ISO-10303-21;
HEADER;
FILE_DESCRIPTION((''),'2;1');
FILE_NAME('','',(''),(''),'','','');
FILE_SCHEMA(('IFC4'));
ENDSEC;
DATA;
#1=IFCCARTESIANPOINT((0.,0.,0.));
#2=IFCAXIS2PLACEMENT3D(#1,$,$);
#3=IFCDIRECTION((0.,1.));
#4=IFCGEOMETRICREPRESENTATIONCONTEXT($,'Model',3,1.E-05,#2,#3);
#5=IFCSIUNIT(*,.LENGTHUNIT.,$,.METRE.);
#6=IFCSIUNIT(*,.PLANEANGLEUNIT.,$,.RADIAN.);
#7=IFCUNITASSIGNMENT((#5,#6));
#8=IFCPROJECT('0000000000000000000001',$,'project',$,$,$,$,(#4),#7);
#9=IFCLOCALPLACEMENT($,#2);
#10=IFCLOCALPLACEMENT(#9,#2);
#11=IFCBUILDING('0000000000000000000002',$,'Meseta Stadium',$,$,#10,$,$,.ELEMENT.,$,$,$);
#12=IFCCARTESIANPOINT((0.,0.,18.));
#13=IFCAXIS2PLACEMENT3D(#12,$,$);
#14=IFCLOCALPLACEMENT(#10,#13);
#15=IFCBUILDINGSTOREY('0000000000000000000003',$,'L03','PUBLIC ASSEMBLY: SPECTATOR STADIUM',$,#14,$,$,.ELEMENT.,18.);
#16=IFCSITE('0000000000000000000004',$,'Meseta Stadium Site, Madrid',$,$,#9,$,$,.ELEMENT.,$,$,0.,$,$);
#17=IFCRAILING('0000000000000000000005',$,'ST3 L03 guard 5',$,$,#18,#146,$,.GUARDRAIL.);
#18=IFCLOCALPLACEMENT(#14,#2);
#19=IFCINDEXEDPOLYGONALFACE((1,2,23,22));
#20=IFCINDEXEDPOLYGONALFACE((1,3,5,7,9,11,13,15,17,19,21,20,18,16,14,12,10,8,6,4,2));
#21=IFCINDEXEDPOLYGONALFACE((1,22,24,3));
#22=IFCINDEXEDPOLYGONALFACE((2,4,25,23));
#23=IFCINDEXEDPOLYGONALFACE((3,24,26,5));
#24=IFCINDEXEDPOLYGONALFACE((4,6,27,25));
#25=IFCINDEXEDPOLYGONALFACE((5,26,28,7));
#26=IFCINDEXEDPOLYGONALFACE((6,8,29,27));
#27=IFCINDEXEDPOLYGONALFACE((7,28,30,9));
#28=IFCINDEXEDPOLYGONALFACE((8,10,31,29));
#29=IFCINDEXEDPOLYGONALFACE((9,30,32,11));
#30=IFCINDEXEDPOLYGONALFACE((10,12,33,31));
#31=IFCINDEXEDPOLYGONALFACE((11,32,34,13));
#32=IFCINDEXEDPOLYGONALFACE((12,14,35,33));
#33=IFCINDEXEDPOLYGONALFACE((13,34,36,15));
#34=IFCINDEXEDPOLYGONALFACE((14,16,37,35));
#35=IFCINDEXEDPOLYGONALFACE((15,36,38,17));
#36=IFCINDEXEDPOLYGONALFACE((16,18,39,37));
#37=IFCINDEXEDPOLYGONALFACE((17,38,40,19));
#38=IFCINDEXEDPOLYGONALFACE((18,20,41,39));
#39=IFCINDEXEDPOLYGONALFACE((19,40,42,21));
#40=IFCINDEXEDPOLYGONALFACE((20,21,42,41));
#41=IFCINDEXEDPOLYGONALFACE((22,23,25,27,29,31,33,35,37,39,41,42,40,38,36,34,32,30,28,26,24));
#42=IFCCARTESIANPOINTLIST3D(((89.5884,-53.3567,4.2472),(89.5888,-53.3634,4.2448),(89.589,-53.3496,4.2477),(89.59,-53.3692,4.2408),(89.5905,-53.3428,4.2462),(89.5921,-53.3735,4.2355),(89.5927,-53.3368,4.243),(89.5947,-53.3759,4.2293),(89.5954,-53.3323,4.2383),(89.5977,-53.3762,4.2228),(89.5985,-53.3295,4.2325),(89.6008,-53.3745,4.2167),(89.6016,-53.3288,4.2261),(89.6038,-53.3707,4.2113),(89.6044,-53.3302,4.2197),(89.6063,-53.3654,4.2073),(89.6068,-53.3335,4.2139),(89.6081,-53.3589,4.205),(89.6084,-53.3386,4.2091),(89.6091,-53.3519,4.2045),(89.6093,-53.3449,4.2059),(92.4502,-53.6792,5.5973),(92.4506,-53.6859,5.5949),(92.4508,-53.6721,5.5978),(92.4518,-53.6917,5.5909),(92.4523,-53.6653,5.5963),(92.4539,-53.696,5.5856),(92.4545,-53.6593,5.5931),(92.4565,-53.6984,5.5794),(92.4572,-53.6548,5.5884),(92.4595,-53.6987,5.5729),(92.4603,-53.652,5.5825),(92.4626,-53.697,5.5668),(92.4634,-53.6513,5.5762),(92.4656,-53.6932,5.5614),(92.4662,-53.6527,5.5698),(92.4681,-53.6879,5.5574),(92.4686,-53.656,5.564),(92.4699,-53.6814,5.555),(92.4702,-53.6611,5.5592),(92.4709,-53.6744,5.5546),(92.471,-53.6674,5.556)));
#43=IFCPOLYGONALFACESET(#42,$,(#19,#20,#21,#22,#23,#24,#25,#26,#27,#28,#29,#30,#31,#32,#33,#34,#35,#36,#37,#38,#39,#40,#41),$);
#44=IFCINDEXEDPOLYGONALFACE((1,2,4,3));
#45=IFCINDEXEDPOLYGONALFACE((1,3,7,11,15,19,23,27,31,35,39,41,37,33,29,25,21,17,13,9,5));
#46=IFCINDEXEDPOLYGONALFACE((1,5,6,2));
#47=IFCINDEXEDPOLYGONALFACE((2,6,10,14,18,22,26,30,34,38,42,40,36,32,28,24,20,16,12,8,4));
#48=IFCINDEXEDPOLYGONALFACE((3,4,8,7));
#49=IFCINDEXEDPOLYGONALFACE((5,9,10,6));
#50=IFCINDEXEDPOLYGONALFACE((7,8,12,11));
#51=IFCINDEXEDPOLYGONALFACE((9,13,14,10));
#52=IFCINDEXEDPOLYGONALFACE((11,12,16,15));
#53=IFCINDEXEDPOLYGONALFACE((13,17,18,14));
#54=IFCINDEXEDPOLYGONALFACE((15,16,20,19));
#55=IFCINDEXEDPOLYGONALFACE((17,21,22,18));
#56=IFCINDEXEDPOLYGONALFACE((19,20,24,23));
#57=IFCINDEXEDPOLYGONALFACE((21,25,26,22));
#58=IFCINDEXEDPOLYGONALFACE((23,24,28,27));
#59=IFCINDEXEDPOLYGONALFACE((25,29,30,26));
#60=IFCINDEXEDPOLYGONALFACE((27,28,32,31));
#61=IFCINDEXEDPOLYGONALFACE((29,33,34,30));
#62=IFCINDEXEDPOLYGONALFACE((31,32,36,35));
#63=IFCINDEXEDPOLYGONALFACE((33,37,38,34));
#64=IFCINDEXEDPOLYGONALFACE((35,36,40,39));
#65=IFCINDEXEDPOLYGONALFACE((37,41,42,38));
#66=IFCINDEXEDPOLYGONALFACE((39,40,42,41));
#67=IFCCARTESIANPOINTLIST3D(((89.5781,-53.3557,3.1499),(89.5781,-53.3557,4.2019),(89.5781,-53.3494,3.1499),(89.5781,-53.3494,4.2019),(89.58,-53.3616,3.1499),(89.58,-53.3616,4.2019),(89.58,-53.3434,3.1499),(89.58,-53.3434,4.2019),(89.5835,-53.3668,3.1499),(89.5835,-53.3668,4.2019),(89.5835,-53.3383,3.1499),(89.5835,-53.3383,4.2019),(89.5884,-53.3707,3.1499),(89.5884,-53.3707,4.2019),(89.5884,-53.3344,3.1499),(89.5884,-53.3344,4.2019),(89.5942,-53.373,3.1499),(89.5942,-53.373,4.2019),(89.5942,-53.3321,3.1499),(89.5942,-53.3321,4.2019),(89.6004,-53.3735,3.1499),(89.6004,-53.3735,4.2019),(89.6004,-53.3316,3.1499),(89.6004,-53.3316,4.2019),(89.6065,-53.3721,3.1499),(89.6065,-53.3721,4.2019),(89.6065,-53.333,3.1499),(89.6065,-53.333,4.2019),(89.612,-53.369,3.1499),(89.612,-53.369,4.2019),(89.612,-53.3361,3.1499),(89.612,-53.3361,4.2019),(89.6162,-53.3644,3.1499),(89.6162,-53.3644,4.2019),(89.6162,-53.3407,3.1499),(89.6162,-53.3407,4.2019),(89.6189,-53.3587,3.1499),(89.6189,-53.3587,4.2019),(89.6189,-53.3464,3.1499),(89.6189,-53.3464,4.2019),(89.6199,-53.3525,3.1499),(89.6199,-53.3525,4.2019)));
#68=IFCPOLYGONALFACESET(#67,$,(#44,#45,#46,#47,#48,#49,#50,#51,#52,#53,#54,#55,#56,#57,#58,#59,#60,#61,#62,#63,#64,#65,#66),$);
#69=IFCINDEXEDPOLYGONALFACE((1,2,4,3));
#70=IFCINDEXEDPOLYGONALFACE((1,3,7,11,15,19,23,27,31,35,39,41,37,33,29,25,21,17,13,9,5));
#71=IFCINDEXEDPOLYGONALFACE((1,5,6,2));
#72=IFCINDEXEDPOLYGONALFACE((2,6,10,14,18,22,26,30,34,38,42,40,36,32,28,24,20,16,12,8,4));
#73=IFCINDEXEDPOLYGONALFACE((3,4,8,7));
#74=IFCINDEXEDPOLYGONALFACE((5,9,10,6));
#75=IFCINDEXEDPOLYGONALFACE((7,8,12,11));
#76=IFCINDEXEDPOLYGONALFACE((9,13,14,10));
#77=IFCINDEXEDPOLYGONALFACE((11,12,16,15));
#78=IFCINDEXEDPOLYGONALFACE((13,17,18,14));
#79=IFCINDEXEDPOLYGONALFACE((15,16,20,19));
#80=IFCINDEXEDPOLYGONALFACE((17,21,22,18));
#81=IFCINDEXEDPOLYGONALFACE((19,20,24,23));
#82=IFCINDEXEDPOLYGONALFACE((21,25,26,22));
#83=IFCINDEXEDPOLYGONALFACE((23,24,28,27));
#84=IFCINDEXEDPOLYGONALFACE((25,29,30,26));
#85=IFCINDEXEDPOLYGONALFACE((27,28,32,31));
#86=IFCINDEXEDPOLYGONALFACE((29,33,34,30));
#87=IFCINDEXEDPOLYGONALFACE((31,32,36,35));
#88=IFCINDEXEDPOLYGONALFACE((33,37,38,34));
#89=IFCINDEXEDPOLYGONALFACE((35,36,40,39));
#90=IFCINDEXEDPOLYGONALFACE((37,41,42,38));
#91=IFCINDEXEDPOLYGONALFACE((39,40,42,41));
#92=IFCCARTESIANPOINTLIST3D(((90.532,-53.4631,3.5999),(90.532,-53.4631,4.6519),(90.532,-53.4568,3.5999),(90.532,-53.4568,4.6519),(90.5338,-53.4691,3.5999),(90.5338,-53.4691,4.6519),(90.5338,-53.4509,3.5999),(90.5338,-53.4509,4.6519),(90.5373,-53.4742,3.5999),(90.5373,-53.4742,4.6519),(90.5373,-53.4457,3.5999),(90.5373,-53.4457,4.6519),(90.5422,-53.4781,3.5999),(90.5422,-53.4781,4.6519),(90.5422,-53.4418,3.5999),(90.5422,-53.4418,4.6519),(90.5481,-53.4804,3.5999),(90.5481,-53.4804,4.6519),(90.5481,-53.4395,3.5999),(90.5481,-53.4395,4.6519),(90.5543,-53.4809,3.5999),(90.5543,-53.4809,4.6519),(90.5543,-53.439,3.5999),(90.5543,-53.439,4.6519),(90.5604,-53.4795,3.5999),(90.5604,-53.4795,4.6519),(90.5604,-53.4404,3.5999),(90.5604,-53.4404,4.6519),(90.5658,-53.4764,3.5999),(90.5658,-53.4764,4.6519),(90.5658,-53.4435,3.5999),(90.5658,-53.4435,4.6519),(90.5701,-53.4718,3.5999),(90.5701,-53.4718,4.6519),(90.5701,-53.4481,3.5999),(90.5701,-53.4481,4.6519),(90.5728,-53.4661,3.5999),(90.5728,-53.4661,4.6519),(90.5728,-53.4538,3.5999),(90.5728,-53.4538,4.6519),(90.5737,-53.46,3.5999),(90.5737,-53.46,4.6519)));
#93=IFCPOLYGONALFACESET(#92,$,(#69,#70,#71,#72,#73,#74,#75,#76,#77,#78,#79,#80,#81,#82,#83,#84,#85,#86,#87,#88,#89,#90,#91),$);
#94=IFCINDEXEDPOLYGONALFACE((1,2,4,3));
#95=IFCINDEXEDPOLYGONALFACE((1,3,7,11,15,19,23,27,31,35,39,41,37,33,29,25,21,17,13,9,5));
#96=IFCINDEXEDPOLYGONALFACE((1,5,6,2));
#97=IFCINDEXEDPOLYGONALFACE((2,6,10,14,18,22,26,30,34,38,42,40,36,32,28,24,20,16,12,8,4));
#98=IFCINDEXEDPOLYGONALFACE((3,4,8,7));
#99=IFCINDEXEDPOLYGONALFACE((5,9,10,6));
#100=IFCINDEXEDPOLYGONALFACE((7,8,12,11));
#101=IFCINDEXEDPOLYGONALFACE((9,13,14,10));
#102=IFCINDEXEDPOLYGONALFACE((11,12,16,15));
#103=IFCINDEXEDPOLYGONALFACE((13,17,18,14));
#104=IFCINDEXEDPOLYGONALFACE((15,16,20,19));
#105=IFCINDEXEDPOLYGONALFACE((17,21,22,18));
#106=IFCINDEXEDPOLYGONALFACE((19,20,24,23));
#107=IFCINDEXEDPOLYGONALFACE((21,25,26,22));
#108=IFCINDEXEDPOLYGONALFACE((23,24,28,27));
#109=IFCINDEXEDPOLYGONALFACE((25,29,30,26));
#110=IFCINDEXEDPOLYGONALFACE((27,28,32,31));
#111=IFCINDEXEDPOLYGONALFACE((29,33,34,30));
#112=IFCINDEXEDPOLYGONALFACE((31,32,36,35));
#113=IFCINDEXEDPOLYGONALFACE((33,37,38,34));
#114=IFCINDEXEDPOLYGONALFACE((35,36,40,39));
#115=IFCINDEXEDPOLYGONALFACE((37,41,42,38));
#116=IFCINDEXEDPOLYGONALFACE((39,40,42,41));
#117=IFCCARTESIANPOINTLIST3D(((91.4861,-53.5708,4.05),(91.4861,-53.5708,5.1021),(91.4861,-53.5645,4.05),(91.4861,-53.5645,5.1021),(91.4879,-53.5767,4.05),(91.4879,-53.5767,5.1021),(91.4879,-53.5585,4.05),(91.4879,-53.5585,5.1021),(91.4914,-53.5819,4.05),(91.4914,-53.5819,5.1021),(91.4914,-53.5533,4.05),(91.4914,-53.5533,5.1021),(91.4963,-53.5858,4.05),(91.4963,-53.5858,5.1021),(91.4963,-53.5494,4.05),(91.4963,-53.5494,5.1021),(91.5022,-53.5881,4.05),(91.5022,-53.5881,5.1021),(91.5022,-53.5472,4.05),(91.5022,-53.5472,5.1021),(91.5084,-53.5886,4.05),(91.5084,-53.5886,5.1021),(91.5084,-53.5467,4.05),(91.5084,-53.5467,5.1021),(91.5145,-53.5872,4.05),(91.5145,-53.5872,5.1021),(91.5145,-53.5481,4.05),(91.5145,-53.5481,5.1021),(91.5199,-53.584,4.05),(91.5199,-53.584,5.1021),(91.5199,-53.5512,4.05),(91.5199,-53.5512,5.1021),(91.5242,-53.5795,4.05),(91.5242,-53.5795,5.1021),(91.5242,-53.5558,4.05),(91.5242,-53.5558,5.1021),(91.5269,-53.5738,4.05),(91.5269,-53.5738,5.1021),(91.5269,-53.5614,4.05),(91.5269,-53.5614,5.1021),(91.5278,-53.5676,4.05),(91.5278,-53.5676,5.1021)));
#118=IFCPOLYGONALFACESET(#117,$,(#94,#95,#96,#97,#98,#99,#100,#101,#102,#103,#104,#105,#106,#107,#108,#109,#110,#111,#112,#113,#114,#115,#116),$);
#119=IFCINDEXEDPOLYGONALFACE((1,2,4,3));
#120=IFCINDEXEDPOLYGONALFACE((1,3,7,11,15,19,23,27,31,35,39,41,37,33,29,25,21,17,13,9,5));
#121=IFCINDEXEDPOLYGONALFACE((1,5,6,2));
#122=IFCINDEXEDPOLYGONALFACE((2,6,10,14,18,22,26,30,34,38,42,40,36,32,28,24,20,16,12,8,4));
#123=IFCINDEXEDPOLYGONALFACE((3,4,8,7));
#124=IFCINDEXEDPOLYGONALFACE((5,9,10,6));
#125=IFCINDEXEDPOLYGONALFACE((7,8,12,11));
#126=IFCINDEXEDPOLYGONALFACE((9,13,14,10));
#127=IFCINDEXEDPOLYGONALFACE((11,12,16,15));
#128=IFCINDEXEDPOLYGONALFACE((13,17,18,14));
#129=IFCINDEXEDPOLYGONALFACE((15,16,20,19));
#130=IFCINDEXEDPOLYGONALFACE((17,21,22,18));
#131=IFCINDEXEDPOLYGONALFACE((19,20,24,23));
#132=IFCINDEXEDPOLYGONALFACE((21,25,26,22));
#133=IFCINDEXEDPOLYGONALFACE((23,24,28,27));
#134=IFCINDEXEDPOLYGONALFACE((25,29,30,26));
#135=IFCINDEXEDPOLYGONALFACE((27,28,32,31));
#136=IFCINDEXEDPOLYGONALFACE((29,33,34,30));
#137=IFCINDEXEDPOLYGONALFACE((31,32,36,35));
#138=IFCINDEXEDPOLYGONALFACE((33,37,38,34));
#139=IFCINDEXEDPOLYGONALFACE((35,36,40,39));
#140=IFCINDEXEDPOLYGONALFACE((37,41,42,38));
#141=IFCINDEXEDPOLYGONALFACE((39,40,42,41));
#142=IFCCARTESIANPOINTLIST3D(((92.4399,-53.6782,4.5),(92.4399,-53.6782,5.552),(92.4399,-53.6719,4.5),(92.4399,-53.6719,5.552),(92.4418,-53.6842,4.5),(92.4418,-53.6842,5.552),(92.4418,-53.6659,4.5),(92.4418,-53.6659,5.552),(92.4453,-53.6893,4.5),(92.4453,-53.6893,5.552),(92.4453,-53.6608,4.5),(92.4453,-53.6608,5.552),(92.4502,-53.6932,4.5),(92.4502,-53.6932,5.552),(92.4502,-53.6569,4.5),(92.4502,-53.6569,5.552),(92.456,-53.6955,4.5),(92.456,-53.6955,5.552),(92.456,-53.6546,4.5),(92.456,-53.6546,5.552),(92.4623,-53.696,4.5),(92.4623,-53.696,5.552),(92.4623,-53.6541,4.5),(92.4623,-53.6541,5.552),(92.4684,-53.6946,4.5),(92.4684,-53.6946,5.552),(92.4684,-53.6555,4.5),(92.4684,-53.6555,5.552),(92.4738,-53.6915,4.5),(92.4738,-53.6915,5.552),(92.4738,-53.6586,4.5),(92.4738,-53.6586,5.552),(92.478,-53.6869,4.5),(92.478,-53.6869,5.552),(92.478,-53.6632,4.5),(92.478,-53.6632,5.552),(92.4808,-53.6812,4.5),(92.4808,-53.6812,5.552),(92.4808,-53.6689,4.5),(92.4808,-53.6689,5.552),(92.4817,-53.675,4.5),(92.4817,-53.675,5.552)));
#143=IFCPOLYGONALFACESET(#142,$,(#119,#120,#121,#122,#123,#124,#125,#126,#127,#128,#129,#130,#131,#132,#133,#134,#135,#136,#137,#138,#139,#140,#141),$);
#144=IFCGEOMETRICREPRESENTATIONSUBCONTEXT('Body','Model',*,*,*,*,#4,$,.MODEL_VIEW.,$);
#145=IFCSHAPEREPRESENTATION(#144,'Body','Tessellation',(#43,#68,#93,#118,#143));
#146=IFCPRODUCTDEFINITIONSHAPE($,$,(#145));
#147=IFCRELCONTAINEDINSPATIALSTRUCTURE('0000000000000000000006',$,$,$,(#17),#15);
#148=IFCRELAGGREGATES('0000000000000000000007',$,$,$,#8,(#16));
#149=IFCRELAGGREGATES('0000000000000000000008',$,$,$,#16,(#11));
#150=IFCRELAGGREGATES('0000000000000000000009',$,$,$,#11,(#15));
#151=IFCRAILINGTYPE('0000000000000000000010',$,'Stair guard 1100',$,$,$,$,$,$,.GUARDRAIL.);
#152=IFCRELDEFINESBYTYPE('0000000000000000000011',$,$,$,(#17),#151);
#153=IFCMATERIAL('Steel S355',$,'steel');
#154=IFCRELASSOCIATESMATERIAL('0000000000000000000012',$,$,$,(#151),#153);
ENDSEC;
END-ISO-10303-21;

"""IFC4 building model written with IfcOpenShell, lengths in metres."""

from ifc_helpers import new_model, si_unit, direction, frame, origin, origin_2d, place, context, subcontext, project, spatial, circle, extrude, material, type_object, element, save


model = new_model("IFC4")

# Units and contexts
model_context = context("Model", 3, precision=1e-05, world=origin(), true_north=direction((0.0, 1.0)))
body_context = subcontext(model_context, "Body", "Model", "MODEL_VIEW")
ifc_project = project(units=[si_unit("LENGTHUNIT", "METRE"), si_unit("PLANEANGLEUNIT", "RADIAN")], contexts=[model_context])

# Site, building, storey
site_placement = place(None, origin())
site = spatial("IfcSite", under=ifc_project, at=site_placement, Name="Meseta Stadium Site, Madrid", CompositionType="ELEMENT", RefElevation=0.0)
building_placement = place(site_placement, origin())
building = spatial("IfcBuilding", under=site, at=building_placement, Name="Meseta Stadium", CompositionType="ELEMENT")
storey_placement = place(building_placement, frame((0.0, 0.0, 18.0)))
storey = spatial("IfcBuildingStorey", under=building, at=storey_placement, Name="L03", Description="PUBLIC ASSEMBLY: SPECTATOR STADIUM", CompositionType="ELEMENT", Elevation=18.0)

# Railing
ifc_material_1 = material(Name="Steel S355", Category="steel")
railing_type_1 = type_object("IfcRailingType", Name="Stair guard 1100", PredefinedType="GUARDRAIL", material=ifc_material_1)
railing_1_placement = place(storey_placement, frame((89.5989, -53.3525, 3.1499)))
element("IfcRailing", 1, at=railing_1_placement, inside=storey, type_object=railing_type_1, Name="ST3 L03 guard 5", PredefinedType="GUARDRAIL", context=body_context, shape_type="SweptSolid", body=[
    extrude(circle(Radius=0.0239, at=origin_2d()), frame((0.0, 0.0, 1.0762), z_axis=(0.899748, -0.101396, 0.424467), x_axis=(0.111985, 0.99371, 0.0)), (0.0, 0.0, 1.0), 3.1807),
    extrude(circle(Radius=0.021, at=origin_2d()), origin(), (0.0, 0.0, 1.0), 1.052),
    extrude(circle(Radius=0.021, at=origin_2d()), frame((0.9539, -0.1074, 0.45)), (0.0, 0.0, 1.0), 1.052),
    extrude(circle(Radius=0.021, at=origin_2d()), frame((1.908, -0.2151, 0.9001)), (0.0, 0.0, 1.0), 1.052),
    extrude(circle(Radius=0.021, at=origin_2d()), frame((2.8618, -0.3225, 1.3501)), (0.0, 0.0, 1.0), 1.052),
])

save(model, "model.ifc")
